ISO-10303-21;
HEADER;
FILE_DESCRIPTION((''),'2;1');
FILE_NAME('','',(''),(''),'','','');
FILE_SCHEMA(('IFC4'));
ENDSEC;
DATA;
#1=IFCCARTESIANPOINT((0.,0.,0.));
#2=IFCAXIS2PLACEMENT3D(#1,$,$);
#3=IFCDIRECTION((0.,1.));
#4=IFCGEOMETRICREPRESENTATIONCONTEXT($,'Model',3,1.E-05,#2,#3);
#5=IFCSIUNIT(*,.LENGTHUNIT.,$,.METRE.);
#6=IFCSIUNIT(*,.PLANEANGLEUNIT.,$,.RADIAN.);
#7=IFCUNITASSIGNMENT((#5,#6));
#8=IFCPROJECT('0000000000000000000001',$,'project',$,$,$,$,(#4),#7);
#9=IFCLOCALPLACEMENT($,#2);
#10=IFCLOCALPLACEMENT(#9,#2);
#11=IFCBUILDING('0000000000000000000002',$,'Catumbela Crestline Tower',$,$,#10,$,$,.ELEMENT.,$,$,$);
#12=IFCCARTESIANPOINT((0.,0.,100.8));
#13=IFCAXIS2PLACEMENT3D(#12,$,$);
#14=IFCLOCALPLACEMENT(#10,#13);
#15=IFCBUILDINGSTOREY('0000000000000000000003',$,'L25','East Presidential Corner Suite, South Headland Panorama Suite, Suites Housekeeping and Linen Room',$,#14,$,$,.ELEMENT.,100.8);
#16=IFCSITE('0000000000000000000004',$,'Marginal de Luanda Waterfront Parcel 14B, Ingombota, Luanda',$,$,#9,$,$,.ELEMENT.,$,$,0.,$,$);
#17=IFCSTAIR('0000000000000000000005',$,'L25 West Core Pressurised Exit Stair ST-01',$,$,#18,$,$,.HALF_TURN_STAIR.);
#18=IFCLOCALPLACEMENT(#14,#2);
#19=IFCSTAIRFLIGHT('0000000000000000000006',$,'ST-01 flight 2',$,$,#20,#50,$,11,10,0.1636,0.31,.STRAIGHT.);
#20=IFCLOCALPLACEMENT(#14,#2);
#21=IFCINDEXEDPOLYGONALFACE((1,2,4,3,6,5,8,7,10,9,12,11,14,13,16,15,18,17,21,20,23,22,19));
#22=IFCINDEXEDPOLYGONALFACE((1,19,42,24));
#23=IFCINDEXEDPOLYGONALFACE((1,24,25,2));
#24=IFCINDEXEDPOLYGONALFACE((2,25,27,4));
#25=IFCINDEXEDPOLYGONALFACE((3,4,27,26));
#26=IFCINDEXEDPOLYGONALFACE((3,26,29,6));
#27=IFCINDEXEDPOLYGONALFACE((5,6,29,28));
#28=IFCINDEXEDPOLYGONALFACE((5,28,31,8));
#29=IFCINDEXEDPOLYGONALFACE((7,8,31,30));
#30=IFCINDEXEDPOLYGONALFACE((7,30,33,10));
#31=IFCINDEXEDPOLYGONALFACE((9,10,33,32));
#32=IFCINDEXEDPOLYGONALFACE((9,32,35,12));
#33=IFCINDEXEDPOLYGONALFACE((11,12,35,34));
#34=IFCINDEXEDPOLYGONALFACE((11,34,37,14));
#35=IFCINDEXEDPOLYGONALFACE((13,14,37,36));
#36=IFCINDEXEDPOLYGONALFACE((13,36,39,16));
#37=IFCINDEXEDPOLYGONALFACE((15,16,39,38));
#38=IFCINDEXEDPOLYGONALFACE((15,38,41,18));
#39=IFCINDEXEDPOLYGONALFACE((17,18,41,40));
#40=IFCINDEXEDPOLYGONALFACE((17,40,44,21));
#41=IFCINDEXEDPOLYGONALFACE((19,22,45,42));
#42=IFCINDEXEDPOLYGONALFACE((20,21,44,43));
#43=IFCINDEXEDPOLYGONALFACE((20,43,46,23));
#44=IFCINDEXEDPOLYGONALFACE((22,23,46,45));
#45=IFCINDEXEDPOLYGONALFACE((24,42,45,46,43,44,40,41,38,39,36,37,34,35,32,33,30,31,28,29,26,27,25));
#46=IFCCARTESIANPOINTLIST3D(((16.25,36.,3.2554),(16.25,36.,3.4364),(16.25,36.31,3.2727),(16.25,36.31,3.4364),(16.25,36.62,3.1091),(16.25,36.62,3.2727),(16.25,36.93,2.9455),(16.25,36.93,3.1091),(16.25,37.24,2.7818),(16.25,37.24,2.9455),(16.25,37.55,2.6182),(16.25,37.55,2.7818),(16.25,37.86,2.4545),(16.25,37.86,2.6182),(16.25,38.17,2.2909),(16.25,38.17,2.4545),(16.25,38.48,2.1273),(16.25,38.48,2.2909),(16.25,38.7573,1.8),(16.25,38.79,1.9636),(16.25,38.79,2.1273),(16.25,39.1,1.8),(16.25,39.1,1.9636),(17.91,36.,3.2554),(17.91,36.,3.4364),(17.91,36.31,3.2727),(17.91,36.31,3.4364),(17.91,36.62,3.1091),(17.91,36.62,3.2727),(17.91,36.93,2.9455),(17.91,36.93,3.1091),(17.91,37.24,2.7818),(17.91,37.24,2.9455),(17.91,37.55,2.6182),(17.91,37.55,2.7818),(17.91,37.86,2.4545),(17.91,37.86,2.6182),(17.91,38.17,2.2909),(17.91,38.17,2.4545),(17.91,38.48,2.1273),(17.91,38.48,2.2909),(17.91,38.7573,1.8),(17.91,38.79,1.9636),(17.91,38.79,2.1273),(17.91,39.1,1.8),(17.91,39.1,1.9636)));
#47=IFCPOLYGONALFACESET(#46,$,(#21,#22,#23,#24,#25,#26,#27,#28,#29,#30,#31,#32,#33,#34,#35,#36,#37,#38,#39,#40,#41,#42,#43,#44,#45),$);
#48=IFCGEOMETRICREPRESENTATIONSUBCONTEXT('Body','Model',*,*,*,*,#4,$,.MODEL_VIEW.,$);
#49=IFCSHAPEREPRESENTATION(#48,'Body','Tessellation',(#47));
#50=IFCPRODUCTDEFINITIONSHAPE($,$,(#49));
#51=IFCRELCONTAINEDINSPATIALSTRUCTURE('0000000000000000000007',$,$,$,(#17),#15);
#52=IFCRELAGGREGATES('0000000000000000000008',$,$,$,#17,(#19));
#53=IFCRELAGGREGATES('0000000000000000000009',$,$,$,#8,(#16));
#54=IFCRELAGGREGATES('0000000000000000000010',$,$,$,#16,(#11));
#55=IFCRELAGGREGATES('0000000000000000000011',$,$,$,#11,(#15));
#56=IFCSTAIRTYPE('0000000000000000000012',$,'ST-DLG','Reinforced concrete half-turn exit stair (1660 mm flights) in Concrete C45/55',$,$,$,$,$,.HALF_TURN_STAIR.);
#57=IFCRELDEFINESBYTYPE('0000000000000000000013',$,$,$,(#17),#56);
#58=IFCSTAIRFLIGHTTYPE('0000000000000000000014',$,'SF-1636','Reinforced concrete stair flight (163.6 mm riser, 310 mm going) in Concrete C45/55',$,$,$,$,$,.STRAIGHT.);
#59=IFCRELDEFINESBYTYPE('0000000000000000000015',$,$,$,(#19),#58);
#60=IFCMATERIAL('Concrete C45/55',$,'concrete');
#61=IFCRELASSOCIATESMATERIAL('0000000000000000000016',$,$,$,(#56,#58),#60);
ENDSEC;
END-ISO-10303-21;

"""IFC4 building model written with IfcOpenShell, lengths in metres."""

from ifc_helpers import new_model, si_unit, direction, frame, origin, place, context, subcontext, project, spatial, polyline, outline, extrude, material, type_object, element, aggregate, save


model = new_model("IFC4")

# Units and contexts
model_context = context("Model", 3, precision=1e-05, world=origin(), true_north=direction((0.0, 1.0)))
body_context = subcontext(model_context, "Body", "Model", "MODEL_VIEW")
ifc_project = project(units=[si_unit("LENGTHUNIT", "METRE"), si_unit("PLANEANGLEUNIT", "RADIAN")], contexts=[model_context])

# Site, building, storey
site_placement = place(None, origin())
site = spatial("IfcSite", under=ifc_project, at=site_placement, Name="Marginal de Luanda Waterfront Parcel 14B, Ingombota, Luanda", CompositionType="ELEMENT", RefElevation=0.0)
building_placement = place(site_placement, origin())
building = spatial("IfcBuilding", under=site, at=building_placement, Name="Catumbela Crestline Tower", CompositionType="ELEMENT")
storey_placement = place(building_placement, frame((0.0, 0.0, 100.8)))
storey = spatial("IfcBuildingStorey", under=building, at=storey_placement, Name="L25", Description="East Presidential Corner Suite, South Headland Panorama Suite, Suites Housekeeping and Linen Room", CompositionType="ELEMENT", Elevation=100.8)

# Stair, stair flight
ifc_material_1 = material(Name="Concrete C45/55", Category="concrete")
stair_type = type_object("IfcStairType", Name="ST-DLG", Description="Reinforced concrete half-turn exit stair (1660 mm flights) in Concrete C45/55", PredefinedType="HALF_TURN_STAIR", material=ifc_material_1)
stair_placement = place(storey_placement, origin())
stair = element("IfcStair", 1, at=stair_placement, inside=storey, type_object=stair_type, Name="L25 West Core Pressurised Exit Stair ST-01", PredefinedType="HALF_TURN_STAIR")
stair_flight_type = type_object("IfcStairFlightType", Name="SF-1636", Description="Reinforced concrete stair flight (163.6 mm riser, 310 mm going) in Concrete C45/55", PredefinedType="STRAIGHT", material=ifc_material_1)
stair_flight_placement = place(storey_placement, frame((17.08, 39.1, 1.8), z_axis=(0.0, 0.0, 1.0), x_axis=(0.0, -1.0, 0.0)))
stair_flight = element("IfcStairFlight", 2, at=stair_flight_placement, type_object=stair_flight_type, Name="ST-01 flight 2", NumberOfRisers=11, NumberOfTreads=10, PredefinedType="STRAIGHT", RiserHeight=0.1636, TreadLength=0.31, context=body_context, shape_type="SweptSolid", body=[
    extrude(outline(polyline([(0.0, 0.0), (0.0, 0.1636), (0.31, 0.1636), (0.31, 0.3273), (0.62, 0.3273), (0.62, 0.4909), (0.93, 0.4909), (0.93, 0.6545), (1.24, 0.6545), (1.24, 0.8182), (1.55, 0.8182), (1.55, 0.9818), (1.86, 0.9818), (1.86, 1.1455), (2.17, 1.1455), (2.17, 1.3091), (2.48, 1.3091), (2.48, 1.4727), (2.79, 1.4727), (2.79, 1.6364), (3.1, 1.6364), (3.1, 1.8), (3.1, 1.4554), (0.3427, 0.0), (0.0, 0.0)])), frame((0.0, 0.83, 0.0), z_axis=(0.0, -1.0, 0.0), x_axis=(1.0, 0.0, 0.0)), (0.0, 0.0, 1.0), 1.66),
])
aggregate(stair, [stair_flight])

save(model, "model.ifc")
